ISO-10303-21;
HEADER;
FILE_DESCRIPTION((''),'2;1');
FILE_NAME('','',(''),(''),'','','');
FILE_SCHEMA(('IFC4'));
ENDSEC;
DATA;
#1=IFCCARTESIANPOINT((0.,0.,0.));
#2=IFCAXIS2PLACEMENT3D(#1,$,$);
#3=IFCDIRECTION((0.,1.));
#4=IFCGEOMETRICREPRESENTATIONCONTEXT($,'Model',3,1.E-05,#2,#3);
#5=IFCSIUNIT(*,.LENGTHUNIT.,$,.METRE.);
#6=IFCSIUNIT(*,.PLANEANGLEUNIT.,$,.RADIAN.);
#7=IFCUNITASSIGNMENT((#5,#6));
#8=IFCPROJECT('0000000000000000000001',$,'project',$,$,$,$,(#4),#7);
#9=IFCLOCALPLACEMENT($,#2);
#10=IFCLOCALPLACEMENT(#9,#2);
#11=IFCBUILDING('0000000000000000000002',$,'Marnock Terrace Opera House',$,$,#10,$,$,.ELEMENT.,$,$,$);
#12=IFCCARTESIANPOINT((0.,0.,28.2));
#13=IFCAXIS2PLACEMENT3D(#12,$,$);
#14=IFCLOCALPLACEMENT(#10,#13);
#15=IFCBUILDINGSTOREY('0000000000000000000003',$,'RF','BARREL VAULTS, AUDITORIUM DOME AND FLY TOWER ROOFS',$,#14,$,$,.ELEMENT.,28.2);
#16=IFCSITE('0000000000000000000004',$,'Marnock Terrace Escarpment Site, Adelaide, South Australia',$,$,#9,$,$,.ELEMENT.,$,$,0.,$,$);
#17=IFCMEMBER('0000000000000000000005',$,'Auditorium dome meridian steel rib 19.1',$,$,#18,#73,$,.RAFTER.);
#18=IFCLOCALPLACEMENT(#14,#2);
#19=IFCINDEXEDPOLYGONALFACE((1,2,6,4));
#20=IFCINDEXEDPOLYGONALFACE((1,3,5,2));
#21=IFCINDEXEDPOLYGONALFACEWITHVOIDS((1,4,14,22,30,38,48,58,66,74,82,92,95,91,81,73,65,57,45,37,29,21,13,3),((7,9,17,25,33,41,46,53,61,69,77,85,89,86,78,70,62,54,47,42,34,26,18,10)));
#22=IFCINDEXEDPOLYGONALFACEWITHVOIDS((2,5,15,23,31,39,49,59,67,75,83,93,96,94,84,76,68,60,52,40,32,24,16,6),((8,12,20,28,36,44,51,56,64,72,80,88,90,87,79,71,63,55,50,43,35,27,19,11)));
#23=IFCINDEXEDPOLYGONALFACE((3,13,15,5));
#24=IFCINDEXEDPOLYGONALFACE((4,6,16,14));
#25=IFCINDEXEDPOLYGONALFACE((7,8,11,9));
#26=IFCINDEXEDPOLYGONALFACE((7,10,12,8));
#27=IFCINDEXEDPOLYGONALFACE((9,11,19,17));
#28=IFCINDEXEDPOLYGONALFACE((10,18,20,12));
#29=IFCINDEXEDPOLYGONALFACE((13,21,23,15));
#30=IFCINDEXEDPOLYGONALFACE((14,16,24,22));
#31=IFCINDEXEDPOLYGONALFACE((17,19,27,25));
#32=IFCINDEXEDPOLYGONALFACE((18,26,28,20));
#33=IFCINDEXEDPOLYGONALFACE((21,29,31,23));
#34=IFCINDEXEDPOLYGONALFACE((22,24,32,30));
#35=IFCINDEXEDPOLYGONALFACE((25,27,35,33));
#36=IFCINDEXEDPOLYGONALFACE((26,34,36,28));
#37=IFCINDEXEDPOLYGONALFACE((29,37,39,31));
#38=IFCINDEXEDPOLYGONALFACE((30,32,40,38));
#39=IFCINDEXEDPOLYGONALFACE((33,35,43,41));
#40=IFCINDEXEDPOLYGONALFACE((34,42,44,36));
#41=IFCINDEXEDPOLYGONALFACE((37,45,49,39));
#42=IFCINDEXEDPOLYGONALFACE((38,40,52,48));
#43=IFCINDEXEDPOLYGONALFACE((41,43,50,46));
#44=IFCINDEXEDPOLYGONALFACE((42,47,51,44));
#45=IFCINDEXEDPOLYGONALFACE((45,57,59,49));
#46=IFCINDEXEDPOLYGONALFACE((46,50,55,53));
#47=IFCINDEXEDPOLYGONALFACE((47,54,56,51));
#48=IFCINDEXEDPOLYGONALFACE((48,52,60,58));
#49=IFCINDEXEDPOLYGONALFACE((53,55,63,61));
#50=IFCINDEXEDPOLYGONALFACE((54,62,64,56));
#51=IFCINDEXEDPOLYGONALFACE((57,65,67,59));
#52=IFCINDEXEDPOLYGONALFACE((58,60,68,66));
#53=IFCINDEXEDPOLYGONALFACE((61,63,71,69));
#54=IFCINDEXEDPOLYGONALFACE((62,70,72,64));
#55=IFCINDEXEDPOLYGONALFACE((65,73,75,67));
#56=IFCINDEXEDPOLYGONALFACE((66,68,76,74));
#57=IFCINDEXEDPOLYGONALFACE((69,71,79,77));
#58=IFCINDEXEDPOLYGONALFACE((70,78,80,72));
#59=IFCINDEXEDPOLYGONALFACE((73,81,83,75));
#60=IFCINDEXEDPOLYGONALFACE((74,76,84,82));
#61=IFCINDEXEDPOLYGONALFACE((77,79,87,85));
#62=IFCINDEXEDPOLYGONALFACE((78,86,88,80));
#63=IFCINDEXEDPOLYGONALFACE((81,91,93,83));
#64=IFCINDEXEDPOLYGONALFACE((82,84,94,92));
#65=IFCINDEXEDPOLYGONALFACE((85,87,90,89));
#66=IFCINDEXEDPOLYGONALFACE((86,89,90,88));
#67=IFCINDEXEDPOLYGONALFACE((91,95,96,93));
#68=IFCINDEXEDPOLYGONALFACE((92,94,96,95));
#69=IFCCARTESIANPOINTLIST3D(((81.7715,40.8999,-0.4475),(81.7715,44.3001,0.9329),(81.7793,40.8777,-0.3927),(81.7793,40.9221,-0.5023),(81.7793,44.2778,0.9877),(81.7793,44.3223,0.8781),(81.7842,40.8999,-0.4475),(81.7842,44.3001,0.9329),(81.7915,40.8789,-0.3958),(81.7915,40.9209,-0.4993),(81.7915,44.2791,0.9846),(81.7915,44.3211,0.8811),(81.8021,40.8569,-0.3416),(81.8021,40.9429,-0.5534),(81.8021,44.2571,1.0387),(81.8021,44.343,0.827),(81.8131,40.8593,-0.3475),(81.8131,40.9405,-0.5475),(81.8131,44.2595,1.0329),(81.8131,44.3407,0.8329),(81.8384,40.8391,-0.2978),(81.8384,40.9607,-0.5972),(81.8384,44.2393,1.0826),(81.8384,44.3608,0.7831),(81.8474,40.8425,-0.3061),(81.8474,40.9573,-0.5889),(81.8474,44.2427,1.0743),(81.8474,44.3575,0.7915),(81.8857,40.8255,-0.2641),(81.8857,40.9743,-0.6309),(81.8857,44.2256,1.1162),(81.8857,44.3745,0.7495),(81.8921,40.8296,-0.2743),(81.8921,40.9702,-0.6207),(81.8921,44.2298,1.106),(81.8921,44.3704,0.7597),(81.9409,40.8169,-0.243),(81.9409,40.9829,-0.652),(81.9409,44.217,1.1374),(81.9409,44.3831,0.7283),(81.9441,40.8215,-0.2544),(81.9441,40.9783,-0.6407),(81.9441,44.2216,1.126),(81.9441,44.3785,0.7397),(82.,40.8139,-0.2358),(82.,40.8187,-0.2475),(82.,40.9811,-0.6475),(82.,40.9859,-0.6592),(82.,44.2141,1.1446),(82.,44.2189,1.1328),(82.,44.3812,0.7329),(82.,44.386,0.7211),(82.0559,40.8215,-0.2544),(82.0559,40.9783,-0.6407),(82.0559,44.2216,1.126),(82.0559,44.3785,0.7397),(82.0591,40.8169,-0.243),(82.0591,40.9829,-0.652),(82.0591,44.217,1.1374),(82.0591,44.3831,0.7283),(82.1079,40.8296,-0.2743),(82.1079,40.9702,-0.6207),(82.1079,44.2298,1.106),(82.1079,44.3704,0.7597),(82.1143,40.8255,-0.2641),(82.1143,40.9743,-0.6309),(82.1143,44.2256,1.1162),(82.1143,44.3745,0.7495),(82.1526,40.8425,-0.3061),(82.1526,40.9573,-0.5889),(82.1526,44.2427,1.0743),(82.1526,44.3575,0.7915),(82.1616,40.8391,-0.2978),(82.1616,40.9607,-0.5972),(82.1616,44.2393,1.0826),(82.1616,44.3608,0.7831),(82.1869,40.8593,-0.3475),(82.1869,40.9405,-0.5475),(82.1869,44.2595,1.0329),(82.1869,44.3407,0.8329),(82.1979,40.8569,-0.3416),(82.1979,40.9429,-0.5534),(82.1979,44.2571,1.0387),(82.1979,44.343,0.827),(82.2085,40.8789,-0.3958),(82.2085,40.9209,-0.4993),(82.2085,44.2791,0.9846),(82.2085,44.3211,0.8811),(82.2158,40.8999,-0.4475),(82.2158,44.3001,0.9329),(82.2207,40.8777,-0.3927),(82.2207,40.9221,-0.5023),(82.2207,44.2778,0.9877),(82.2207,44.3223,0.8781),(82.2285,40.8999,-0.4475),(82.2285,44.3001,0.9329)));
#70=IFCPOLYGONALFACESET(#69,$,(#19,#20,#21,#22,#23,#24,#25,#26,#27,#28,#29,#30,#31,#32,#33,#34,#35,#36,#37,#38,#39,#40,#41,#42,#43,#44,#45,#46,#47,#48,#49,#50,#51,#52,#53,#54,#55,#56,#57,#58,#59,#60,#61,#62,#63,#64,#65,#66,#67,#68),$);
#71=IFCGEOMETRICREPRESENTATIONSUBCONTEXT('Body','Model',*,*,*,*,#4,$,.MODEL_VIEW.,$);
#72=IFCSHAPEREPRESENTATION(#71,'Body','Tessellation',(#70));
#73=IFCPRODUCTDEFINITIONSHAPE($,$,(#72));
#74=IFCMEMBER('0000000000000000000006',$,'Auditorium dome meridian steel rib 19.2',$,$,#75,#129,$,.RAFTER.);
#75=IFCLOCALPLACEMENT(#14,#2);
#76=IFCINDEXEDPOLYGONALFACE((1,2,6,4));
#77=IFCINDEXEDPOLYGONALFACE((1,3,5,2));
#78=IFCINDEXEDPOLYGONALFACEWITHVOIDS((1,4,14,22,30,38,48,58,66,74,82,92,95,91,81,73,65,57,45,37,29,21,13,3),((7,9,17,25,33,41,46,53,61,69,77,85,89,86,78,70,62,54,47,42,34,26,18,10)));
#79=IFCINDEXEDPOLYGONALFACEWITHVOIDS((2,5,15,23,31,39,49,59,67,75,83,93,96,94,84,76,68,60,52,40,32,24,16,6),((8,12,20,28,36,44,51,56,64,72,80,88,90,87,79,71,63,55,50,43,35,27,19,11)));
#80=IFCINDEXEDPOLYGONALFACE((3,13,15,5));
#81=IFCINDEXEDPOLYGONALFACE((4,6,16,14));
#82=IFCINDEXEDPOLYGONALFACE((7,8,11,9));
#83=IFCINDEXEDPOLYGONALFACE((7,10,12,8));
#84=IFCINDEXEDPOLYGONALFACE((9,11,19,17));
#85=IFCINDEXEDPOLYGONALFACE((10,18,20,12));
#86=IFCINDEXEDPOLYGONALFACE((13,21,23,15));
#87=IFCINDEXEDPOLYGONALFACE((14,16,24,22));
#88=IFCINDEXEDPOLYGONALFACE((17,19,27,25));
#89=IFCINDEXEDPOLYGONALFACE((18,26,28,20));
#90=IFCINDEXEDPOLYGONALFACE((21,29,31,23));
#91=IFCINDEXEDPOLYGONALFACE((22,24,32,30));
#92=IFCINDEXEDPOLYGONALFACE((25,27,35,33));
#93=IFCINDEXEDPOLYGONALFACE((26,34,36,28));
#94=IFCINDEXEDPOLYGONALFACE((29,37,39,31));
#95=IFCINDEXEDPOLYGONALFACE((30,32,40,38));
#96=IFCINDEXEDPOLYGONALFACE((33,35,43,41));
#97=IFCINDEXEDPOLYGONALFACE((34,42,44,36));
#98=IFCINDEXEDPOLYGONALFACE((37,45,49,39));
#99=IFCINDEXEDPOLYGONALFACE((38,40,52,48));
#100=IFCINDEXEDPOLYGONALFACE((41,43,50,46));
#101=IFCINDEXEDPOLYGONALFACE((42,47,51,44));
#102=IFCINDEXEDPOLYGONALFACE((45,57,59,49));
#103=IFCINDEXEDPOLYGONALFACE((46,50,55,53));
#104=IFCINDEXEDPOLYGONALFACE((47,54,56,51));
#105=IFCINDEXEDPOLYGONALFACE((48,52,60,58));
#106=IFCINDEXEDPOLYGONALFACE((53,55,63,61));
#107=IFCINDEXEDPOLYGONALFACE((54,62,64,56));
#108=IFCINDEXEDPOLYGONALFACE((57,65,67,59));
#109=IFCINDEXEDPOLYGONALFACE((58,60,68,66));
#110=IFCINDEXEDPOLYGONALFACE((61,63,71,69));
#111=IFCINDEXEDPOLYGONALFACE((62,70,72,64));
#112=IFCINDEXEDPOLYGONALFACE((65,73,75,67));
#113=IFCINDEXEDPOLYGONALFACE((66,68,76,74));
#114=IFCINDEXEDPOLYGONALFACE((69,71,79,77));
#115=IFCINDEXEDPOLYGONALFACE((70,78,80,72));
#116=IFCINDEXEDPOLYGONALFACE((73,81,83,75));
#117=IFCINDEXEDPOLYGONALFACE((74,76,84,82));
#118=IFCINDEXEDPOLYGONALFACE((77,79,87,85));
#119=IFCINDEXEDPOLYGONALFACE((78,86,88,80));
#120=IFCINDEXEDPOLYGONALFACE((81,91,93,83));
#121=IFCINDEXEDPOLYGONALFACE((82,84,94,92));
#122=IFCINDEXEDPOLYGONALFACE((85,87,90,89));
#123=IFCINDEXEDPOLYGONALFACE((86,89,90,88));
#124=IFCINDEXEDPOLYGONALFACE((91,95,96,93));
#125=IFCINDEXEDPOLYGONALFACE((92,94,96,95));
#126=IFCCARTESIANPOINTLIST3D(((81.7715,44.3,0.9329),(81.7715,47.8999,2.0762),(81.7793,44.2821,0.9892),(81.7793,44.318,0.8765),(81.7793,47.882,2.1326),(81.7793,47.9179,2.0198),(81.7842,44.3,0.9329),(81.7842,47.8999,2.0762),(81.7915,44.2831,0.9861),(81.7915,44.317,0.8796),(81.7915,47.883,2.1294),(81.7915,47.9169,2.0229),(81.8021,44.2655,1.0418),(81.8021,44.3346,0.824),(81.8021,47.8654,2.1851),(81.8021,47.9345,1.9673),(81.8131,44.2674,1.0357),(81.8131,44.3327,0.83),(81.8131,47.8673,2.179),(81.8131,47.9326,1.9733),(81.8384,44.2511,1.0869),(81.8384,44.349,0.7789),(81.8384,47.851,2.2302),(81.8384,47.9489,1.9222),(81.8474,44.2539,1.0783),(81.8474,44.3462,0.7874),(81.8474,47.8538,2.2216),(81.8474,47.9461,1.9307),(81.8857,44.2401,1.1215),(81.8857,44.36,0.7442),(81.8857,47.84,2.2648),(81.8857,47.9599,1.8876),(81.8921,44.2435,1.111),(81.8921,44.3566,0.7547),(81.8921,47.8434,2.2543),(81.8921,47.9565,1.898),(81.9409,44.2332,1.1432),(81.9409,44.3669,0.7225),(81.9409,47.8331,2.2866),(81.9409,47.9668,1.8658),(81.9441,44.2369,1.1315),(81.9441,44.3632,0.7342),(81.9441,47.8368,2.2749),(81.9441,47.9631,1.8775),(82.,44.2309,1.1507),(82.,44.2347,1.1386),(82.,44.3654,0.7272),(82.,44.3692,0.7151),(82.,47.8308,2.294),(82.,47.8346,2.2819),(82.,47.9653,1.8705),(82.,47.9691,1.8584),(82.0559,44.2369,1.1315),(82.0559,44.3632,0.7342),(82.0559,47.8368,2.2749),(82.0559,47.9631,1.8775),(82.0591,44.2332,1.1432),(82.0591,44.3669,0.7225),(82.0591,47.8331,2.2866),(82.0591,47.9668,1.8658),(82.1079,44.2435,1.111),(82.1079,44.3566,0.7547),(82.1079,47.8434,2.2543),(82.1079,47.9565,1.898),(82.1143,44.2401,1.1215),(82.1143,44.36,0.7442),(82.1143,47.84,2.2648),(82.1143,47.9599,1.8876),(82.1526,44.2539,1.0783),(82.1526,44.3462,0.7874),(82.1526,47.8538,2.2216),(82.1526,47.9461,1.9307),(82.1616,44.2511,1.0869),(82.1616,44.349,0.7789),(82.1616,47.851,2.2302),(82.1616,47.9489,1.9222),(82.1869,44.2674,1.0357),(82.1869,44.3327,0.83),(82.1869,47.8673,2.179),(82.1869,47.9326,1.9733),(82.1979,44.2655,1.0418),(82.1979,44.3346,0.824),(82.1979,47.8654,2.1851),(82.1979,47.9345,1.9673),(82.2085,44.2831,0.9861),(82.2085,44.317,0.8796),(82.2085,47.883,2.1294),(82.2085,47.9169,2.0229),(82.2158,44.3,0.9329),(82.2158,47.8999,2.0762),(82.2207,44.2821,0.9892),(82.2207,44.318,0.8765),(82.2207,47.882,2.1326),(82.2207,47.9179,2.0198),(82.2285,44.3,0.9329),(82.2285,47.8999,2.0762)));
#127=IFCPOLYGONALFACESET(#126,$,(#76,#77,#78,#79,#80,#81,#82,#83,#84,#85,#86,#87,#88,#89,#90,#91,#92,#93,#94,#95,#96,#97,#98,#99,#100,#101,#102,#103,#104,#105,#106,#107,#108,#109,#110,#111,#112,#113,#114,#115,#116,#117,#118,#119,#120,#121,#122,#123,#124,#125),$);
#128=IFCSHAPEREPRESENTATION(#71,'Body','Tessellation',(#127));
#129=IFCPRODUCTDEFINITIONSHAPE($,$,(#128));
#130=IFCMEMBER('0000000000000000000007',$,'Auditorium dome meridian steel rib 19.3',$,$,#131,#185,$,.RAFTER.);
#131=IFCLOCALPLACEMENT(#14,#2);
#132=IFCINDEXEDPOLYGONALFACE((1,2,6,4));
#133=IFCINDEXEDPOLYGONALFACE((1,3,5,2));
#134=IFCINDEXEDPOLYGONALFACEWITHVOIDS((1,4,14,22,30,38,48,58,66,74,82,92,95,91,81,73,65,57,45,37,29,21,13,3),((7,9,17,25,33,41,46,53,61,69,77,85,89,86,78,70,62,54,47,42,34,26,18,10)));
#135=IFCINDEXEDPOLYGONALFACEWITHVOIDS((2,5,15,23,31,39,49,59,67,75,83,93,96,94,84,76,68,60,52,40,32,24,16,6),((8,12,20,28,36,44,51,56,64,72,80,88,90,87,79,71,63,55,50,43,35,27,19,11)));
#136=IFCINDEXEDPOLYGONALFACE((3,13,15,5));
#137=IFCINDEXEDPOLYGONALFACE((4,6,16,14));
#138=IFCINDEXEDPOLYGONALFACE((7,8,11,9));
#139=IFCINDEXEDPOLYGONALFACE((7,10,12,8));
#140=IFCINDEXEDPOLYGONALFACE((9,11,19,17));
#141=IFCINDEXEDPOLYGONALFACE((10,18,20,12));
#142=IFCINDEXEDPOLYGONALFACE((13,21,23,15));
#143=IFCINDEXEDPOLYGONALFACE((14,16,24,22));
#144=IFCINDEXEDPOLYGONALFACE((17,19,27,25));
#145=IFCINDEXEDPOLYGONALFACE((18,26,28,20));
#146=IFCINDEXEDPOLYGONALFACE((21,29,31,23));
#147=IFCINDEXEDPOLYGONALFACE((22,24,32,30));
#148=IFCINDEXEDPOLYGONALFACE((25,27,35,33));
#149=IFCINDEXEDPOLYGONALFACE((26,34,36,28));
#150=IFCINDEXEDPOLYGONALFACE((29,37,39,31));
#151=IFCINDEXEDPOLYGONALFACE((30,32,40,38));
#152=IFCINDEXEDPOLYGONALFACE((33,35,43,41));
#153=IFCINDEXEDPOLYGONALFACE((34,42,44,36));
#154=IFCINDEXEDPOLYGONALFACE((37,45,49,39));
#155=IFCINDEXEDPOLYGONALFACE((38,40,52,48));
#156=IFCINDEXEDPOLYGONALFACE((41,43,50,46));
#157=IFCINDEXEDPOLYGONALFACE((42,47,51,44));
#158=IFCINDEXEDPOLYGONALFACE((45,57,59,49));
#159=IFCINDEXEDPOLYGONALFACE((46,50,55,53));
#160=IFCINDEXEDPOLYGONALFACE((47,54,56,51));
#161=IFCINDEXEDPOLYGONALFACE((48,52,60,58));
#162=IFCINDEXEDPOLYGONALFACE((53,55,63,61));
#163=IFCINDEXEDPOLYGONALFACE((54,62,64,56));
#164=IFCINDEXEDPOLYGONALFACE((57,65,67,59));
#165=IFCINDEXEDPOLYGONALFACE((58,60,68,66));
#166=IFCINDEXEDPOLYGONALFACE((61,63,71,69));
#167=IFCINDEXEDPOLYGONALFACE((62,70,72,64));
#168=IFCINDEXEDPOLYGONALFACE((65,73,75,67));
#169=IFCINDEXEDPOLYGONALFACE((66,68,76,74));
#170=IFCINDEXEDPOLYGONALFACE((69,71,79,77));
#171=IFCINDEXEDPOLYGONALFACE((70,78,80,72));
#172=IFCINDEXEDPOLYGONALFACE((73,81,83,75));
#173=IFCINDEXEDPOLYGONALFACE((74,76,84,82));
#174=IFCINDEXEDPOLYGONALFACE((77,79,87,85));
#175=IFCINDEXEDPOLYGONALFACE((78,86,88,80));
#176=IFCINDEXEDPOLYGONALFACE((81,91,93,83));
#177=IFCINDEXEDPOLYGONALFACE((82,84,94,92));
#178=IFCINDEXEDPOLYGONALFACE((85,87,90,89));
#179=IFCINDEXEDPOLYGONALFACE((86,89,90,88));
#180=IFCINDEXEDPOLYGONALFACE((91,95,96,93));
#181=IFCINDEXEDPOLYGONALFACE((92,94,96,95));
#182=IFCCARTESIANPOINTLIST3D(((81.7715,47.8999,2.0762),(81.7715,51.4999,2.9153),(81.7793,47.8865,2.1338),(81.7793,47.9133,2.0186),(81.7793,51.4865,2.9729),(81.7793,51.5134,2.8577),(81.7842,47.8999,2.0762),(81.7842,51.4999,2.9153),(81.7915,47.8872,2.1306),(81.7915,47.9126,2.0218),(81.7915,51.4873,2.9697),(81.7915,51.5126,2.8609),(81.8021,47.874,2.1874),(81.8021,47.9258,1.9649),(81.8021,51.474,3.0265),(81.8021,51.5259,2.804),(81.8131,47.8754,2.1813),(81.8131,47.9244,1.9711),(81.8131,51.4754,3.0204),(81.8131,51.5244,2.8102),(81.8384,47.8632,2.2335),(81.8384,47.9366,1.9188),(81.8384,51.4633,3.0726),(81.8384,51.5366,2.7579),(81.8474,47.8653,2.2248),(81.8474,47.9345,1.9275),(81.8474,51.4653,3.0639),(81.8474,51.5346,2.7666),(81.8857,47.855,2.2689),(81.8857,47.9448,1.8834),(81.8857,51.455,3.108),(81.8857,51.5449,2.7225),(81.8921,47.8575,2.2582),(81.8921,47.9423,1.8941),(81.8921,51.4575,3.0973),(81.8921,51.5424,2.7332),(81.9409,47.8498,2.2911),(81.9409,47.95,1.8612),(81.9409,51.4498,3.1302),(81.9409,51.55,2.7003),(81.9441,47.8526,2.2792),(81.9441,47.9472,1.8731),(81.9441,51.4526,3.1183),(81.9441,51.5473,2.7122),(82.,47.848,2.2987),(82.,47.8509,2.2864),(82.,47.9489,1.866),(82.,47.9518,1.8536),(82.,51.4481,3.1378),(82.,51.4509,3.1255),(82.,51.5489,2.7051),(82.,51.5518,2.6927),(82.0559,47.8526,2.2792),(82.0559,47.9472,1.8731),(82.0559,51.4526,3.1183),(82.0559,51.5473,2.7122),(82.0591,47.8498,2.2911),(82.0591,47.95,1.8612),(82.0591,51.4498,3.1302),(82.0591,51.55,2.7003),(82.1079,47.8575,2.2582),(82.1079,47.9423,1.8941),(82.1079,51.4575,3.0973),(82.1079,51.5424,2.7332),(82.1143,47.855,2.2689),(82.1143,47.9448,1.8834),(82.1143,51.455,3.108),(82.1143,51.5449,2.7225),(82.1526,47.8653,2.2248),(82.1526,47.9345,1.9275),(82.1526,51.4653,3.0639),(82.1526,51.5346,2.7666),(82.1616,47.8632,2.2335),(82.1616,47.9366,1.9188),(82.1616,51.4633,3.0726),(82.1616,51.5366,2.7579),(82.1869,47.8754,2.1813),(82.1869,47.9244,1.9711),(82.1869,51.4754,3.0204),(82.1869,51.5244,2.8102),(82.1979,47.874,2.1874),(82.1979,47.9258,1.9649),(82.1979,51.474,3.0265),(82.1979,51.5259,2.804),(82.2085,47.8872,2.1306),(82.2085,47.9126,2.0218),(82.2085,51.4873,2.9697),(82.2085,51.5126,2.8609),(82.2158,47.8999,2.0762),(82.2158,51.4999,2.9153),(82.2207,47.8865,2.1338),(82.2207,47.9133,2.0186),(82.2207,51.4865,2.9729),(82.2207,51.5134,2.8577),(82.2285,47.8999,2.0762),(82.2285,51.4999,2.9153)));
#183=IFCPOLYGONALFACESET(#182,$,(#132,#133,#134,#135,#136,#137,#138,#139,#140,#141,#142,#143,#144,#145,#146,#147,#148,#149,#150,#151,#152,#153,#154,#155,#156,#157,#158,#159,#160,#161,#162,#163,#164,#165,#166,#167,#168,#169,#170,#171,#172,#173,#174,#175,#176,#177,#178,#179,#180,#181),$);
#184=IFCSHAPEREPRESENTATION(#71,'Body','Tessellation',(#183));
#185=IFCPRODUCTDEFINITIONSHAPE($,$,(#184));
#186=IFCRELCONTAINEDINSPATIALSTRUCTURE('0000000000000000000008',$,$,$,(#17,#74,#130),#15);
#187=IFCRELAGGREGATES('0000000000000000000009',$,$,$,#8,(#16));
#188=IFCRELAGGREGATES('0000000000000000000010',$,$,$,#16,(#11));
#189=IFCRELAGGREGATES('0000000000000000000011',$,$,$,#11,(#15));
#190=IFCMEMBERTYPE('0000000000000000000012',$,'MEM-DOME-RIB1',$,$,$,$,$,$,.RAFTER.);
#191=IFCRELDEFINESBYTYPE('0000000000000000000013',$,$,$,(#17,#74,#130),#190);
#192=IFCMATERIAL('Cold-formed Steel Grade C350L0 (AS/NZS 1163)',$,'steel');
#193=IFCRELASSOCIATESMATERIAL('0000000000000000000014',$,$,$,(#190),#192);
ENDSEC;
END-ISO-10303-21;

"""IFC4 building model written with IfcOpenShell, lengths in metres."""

from ifc_helpers import new_model, si_unit, direction, frame, origin, origin_2d, place, context, subcontext, project, spatial, hollow_circle, extrude, material, material_profile, profile_set, type_object, element, save


model = new_model("IFC4")

# Units and contexts
model_context = context("Model", 3, precision=1e-05, world=origin(), true_north=direction((0.0, 1.0)))
body_context = subcontext(model_context, "Body", "Model", "MODEL_VIEW")
ifc_project = project(units=[si_unit("LENGTHUNIT", "METRE"), si_unit("PLANEANGLEUNIT", "RADIAN")], contexts=[model_context])

# Site, building, storey
site_placement = place(None, origin())
site = spatial("IfcSite", under=ifc_project, at=site_placement, Name="Marnock Terrace Escarpment Site, Adelaide, South Australia", CompositionType="ELEMENT", RefElevation=0.0)
building_placement = place(site_placement, origin())
building = spatial("IfcBuilding", under=site, at=building_placement, Name="Marnock Terrace Opera House", CompositionType="ELEMENT")
storey_placement = place(building_placement, frame((0.0, 0.0, 28.2)))
storey = spatial("IfcBuildingStorey", under=building, at=storey_placement, Name="RF", Description="BARREL VAULTS, AUDITORIUM DOME AND FLY TOWER ROOFS", CompositionType="ELEMENT", Elevation=28.2)

# Members
ifc_material_1 = material(Name="Cold-formed Steel Grade C350L0 (AS/NZS 1163)", Category="steel")
ifc_material_profile_1 = material_profile(ifc_material_1, hollow_circle(Radius=0.2285, WallThickness=0.0127, at=origin_2d()))
ifc_profile_set_1 = profile_set([ifc_material_profile_1], Name="Cold-formed Steel Grade C350L0 (AS/NZS 1163)")
member_type_1 = type_object("IfcMemberType", Name="MEM-DOME-RIB1", PredefinedType="RAFTER", material=ifc_profile_set_1)
member_1_placement = place(storey_placement, frame((82.0, 40.8999, -0.4475), z_axis=(0.0, 0.926556, 0.376158), x_axis=(-1.0, 0.0, 0.0)))
element("IfcMember", 1, at=member_1_placement, inside=storey, type_object=member_type_1, Name="Auditorium dome meridian steel rib 19.1", PredefinedType="RAFTER", context=body_context, shape_type="SweptSolid", body=[
    extrude(hollow_circle(Radius=0.2285, WallThickness=0.0127, at=origin_2d()), origin(), (0.0, 0.0, 1.0), 3.6697),
])
member_2_placement = place(storey_placement, frame((82.0, 44.3, 0.9329), z_axis=(0.0, 0.953086, 0.302699), x_axis=(-1.0, 0.0, 0.0)))
element("IfcMember", 2, at=member_2_placement, inside=storey, type_object=member_type_1, Name="Auditorium dome meridian steel rib 19.2", PredefinedType="RAFTER", context=body_context, shape_type="SweptSolid", body=[
    extrude(hollow_circle(Radius=0.2285, WallThickness=0.0127, at=origin_2d()), origin(), (0.0, 0.0, 1.0), 3.7771),
])
member_3_placement = place(storey_placement, frame((82.0, 47.8999, 2.0762), z_axis=(0.0, 0.973896, 0.226996), x_axis=(-1.0, 0.0, 0.0)))
element("IfcMember", 3, at=member_3_placement, inside=storey, type_object=member_type_1, Name="Auditorium dome meridian steel rib 19.3", PredefinedType="RAFTER", context=body_context, shape_type="SweptSolid", body=[
    extrude(hollow_circle(Radius=0.2285, WallThickness=0.0127, at=origin_2d()), origin(), (0.0, 0.0, 1.0), 3.6965),
])

save(model, "model.ifc")
